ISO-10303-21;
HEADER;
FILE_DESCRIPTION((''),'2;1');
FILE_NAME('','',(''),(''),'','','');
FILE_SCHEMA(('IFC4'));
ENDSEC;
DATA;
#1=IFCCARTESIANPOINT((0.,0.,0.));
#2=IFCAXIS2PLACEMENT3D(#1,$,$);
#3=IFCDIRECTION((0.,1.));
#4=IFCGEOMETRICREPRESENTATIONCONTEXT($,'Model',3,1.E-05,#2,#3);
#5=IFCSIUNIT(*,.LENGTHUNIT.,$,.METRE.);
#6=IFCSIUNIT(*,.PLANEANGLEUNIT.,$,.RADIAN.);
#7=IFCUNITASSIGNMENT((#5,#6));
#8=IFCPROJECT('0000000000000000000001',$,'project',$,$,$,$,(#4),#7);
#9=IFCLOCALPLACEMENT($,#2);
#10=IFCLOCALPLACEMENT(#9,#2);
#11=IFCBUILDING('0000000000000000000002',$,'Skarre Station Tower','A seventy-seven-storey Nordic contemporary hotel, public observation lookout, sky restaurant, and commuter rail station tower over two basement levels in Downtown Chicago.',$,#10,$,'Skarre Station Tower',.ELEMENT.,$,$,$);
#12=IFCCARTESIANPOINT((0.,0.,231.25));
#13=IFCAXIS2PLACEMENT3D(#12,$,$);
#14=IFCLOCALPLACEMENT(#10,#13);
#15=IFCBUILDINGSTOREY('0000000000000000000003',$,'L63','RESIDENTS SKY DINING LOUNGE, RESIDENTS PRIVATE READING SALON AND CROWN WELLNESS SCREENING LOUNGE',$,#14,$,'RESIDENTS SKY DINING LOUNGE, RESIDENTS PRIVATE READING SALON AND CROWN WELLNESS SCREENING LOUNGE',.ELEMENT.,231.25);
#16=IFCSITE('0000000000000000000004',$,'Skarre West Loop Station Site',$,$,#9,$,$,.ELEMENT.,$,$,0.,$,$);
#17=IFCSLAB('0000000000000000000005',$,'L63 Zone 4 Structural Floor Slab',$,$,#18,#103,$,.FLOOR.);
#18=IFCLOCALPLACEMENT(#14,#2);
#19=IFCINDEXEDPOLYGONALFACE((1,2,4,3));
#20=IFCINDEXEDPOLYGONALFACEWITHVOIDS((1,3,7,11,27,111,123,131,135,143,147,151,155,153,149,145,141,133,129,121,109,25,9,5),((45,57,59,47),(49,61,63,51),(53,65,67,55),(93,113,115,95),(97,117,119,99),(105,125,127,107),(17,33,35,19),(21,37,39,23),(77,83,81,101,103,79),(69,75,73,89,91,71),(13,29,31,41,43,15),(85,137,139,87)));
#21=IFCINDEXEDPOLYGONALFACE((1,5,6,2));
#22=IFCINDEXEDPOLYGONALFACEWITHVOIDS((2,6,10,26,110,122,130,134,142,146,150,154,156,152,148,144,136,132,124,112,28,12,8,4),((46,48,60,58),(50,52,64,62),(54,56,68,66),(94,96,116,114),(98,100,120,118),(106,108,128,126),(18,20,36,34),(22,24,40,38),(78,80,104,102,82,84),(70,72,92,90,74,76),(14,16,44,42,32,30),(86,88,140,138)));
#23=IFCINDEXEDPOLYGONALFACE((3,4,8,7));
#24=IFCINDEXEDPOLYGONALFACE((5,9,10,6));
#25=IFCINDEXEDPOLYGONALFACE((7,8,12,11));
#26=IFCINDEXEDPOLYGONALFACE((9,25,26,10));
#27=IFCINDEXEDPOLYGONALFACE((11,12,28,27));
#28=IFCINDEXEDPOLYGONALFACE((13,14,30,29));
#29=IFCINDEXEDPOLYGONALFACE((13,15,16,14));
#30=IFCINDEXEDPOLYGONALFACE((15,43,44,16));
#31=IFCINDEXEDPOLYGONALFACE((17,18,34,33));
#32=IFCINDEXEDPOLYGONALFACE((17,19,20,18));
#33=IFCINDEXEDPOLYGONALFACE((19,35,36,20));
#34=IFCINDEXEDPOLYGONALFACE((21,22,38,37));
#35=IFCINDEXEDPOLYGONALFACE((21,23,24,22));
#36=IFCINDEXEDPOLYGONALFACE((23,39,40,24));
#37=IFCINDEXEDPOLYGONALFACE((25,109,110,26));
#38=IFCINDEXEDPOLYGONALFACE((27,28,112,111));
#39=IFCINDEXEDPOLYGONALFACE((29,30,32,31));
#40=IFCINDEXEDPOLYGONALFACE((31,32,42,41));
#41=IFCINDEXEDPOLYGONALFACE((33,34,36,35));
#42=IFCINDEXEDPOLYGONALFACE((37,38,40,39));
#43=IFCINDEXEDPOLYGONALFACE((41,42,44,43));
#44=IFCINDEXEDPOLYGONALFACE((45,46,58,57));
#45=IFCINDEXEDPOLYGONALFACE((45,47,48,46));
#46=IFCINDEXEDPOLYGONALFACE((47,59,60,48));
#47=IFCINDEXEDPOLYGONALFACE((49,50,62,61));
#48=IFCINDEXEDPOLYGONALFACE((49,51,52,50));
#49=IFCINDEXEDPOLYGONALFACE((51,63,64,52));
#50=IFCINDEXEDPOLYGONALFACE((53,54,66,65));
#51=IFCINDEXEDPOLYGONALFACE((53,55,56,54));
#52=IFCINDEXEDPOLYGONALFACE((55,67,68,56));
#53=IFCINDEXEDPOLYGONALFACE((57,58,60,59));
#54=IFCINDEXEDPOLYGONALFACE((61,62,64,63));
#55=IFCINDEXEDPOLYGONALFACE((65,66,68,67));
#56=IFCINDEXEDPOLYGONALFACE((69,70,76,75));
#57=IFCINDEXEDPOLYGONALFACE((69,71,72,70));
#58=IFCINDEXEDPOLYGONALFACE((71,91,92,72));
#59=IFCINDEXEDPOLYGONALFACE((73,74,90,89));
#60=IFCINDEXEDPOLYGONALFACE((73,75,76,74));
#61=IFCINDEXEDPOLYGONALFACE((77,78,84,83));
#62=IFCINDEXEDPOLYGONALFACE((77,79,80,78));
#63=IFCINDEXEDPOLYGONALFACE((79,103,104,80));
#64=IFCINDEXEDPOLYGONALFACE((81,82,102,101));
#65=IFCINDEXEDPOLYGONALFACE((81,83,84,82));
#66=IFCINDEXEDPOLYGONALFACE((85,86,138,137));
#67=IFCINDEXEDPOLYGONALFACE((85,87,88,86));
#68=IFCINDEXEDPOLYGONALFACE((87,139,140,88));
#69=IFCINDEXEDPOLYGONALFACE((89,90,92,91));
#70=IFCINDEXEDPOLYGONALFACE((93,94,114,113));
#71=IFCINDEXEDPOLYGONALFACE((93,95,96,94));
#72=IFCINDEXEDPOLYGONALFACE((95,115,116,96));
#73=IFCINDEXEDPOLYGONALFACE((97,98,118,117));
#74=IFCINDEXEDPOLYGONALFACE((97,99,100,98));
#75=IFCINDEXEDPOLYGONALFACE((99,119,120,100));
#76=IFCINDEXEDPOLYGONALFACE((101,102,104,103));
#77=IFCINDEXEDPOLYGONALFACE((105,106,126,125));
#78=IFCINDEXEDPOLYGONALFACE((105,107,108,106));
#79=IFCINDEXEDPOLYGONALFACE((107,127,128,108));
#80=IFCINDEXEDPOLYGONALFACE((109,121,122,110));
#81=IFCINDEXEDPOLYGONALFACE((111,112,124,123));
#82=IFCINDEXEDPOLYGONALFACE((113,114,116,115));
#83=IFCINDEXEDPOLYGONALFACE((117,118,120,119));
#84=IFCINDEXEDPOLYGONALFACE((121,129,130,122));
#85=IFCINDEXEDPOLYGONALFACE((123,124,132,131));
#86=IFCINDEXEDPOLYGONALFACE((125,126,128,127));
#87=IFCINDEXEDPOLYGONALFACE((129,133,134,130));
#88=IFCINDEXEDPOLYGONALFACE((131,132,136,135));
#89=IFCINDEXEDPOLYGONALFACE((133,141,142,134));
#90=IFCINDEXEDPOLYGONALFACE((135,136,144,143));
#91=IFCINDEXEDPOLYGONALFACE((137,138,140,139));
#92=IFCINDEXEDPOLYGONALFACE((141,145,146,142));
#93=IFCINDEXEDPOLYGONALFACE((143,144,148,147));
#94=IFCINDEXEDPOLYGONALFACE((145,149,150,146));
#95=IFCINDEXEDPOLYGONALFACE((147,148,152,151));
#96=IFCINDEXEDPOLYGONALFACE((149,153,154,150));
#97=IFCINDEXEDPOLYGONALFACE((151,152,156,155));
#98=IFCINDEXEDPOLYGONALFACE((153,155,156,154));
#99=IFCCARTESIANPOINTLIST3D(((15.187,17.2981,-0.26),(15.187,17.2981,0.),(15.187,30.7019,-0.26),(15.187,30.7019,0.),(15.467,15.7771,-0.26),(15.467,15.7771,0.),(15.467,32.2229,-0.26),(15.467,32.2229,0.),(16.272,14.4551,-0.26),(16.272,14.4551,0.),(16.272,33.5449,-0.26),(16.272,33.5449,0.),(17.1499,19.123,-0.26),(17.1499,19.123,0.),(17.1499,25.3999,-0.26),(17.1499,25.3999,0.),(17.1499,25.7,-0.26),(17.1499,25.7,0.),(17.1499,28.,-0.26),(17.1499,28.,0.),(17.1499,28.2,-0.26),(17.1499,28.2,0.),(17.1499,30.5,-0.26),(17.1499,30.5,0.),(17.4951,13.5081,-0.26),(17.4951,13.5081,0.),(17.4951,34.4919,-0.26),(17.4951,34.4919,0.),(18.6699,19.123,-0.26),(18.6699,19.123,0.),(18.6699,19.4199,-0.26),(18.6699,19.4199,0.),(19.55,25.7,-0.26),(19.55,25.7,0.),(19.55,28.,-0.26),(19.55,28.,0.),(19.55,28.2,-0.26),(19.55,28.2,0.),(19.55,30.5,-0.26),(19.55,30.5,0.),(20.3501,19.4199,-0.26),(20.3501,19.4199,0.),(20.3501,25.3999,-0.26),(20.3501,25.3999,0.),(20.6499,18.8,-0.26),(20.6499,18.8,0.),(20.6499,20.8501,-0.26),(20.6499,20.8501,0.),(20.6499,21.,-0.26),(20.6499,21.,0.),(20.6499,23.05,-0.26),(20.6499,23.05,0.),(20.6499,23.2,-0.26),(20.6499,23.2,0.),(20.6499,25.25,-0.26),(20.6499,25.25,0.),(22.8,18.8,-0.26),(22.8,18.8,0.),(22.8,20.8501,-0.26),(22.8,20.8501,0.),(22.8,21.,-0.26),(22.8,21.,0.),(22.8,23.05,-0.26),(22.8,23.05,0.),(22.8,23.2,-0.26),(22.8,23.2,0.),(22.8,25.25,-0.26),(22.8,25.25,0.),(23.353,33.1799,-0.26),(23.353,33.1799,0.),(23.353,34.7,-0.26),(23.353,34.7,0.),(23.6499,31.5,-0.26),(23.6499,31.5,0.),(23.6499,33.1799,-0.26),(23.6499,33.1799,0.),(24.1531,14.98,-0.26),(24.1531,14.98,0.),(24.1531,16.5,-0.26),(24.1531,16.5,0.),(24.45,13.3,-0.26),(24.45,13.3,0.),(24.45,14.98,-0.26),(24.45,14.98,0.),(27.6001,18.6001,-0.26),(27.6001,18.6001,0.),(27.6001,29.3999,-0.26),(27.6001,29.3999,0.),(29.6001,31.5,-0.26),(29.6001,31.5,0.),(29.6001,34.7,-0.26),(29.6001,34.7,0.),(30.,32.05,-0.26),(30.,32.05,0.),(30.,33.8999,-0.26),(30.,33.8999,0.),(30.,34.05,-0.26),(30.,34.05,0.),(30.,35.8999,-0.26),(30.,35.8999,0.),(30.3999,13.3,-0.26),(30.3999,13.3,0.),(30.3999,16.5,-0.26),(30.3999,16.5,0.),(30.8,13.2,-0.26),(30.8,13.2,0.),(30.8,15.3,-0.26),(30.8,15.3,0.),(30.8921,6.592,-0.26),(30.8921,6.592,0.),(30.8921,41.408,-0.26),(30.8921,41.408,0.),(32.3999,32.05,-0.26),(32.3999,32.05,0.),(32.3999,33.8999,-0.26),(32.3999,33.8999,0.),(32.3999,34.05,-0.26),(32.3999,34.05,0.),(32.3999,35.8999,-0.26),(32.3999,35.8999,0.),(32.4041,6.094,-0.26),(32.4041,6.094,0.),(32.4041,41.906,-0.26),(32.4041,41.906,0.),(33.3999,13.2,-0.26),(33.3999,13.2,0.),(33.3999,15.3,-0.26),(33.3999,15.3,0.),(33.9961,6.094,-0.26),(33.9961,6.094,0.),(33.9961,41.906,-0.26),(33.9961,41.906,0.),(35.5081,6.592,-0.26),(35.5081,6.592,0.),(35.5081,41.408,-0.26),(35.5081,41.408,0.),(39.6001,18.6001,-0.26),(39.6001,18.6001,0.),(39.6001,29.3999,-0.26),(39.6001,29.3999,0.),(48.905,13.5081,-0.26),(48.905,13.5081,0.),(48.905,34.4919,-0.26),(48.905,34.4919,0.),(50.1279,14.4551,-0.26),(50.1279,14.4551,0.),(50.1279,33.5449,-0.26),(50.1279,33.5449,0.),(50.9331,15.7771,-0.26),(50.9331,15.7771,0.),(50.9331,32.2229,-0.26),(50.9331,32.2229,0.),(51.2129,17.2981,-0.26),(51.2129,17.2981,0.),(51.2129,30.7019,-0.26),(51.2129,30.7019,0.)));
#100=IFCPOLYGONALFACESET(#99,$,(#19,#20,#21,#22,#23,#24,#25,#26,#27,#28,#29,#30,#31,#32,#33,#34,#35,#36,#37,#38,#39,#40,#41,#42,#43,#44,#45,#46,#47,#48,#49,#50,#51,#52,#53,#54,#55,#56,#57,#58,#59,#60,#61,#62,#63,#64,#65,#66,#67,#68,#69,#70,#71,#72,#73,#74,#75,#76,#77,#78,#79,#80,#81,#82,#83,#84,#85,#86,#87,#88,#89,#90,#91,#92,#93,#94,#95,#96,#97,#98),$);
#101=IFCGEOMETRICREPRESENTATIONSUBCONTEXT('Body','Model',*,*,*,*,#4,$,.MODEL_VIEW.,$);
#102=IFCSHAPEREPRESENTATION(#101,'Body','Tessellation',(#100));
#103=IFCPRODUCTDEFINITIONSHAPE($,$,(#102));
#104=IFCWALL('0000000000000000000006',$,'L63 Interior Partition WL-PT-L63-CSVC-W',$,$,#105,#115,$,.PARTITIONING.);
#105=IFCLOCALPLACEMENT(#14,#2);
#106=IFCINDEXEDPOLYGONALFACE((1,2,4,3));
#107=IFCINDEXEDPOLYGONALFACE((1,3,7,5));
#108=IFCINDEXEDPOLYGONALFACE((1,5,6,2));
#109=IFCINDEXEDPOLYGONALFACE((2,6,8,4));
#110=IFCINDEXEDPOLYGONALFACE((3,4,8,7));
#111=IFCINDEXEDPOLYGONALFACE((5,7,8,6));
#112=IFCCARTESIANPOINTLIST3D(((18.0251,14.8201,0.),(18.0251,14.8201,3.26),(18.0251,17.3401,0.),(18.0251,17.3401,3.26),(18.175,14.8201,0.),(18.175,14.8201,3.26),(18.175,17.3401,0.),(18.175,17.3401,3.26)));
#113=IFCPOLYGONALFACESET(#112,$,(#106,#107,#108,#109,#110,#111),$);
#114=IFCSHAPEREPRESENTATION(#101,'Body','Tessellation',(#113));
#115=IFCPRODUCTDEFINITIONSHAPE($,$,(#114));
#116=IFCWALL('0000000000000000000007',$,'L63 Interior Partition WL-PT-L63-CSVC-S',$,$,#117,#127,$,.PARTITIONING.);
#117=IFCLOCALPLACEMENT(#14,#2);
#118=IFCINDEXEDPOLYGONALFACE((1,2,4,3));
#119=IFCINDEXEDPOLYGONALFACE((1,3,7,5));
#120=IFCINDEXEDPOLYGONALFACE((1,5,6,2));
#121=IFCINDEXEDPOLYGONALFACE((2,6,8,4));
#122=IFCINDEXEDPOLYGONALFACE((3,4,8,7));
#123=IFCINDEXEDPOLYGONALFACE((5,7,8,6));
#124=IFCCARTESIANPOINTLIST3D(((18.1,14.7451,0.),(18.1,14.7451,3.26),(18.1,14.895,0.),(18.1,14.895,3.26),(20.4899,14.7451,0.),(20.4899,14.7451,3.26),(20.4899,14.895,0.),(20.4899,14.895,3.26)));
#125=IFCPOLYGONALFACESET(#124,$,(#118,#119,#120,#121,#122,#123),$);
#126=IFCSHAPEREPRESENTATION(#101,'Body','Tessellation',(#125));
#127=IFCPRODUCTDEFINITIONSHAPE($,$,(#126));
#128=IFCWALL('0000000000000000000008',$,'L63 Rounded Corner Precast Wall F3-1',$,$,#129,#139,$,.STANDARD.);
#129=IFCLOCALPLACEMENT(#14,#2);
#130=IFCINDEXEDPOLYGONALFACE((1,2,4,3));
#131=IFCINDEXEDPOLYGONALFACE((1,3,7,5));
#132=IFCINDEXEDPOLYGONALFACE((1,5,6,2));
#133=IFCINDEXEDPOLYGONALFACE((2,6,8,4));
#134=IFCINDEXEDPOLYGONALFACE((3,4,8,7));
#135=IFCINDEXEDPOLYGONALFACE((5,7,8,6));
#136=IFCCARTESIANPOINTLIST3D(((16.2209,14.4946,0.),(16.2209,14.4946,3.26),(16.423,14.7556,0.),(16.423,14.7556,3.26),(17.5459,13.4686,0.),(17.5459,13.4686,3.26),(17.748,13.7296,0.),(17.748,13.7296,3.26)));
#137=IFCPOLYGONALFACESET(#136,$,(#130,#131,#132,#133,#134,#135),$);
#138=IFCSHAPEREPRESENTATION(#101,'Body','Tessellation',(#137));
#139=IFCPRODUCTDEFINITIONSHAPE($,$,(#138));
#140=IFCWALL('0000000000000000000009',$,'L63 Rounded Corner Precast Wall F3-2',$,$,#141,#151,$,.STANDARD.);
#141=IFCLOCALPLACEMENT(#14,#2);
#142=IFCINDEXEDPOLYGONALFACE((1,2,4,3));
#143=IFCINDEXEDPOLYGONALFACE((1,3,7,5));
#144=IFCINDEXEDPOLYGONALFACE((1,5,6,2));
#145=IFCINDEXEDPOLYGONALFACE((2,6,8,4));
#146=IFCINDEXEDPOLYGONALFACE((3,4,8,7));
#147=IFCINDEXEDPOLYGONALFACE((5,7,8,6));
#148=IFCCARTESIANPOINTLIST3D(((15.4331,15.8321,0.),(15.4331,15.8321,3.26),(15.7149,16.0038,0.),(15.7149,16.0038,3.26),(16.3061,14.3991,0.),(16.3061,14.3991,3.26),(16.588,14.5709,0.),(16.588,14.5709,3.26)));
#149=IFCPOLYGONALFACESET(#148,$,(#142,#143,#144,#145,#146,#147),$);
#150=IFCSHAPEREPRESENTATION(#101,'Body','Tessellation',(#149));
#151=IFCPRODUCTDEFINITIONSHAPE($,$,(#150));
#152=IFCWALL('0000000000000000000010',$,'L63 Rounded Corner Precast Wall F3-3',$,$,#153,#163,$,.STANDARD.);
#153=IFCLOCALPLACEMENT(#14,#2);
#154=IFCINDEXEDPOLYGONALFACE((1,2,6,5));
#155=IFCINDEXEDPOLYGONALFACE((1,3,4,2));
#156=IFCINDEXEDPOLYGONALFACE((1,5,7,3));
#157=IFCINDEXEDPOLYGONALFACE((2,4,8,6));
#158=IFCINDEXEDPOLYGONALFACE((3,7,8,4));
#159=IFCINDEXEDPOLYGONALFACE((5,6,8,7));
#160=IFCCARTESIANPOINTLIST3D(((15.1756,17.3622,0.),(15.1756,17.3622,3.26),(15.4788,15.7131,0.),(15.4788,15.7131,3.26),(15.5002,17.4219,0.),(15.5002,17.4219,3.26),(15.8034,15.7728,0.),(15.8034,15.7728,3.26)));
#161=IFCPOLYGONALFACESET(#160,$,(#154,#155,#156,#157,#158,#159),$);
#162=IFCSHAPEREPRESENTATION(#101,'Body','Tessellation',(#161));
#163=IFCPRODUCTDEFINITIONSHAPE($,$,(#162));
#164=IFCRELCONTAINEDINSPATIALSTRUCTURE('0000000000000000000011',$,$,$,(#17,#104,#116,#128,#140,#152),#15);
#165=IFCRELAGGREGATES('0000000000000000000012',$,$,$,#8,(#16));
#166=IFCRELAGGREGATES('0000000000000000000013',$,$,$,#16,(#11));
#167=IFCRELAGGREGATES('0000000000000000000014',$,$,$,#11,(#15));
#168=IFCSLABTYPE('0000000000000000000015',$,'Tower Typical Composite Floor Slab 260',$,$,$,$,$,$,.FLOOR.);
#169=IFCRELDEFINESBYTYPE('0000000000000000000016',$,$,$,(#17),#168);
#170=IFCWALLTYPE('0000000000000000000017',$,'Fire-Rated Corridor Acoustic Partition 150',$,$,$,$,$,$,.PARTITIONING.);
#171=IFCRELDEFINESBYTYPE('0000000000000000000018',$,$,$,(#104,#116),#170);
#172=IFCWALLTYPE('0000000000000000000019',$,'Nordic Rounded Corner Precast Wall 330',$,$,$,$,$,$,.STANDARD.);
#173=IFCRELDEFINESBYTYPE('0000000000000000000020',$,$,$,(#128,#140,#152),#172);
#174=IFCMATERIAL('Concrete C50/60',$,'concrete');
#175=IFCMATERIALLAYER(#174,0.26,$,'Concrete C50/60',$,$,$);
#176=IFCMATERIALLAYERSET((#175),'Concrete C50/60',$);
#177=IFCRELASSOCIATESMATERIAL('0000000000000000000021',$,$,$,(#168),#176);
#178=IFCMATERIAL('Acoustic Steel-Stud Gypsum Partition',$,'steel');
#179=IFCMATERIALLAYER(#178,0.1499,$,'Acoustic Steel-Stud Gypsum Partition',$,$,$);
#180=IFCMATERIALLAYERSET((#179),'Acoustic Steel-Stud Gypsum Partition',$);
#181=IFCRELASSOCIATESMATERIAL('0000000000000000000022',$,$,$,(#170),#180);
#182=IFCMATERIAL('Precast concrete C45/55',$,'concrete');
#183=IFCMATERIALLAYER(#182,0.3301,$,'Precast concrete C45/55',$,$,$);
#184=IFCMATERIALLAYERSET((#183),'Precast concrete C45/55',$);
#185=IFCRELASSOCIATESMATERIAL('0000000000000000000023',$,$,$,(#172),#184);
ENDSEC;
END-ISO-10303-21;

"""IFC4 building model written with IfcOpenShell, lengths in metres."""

from ifc_helpers import new_model, si_unit, direction, frame, frame_2d, origin, place, context, subcontext, project, spatial, polyline, rectangle, outline, extrude, material, layer, layer_set, type_object, element, save


model = new_model("IFC4")

# Units and contexts
model_context = context("Model", 3, precision=1e-05, world=origin(), true_north=direction((0.0, 1.0)))
body_context = subcontext(model_context, "Body", "Model", "MODEL_VIEW")
ifc_project = project(units=[si_unit("LENGTHUNIT", "METRE"), si_unit("PLANEANGLEUNIT", "RADIAN")], contexts=[model_context])

# Site, building, storey
site_placement = place(None, origin())
site = spatial("IfcSite", under=ifc_project, at=site_placement, Name="Skarre West Loop Station Site", CompositionType="ELEMENT", RefElevation=0.0)
building_placement = place(site_placement, origin())
building = spatial("IfcBuilding", under=site, at=building_placement, Name="Skarre Station Tower", Description="A seventy-seven-storey Nordic contemporary hotel, public observation lookout, sky restaurant, and commuter rail station tower over two basement levels in Downtown Chicago.", LongName="Skarre Station Tower", CompositionType="ELEMENT")
storey_placement = place(building_placement, frame((0.0, 0.0, 231.25)))
storey = spatial("IfcBuildingStorey", under=building, at=storey_placement, Name="L63", Description="RESIDENTS SKY DINING LOUNGE, RESIDENTS PRIVATE READING SALON AND CROWN WELLNESS SCREENING LOUNGE", LongName="RESIDENTS SKY DINING LOUNGE, RESIDENTS PRIVATE READING SALON AND CROWN WELLNESS SCREENING LOUNGE", CompositionType="ELEMENT", Elevation=231.25)

# Shared definitions
ifc_material_1 = material(Name="Concrete C50/60", Category="concrete")

# Slab
ifc_layer_1 = layer(ifc_material_1, 0.26, Name="Concrete C50/60")
ifc_layer_set_1 = layer_set([ifc_layer_1], Name="Concrete C50/60")
slab_type_1 = type_object("IfcSlabType", Name="Tower Typical Composite Floor Slab 260", PredefinedType="FLOOR", material=ifc_layer_set_1)
slab_1_placement = place(storey_placement, frame((0.0, 0.0, -0.26)))
element("IfcSlab", 1, at=slab_1_placement, inside=storey, type_object=slab_type_1, Name="L63 Zone 4 Structural Floor Slab", PredefinedType="FLOOR", context=body_context, shape_type="SweptSolid", body=[
    extrude(outline(polyline([(51.2129, 30.7019), (50.9331, 32.2229), (50.1279, 33.5449), (48.905, 34.4919), (35.5081, 41.408), (33.9961, 41.906), (32.4041, 41.906), (30.8921, 41.408), (17.4951, 34.4919), (16.272, 33.5449), (15.467, 32.2229), (15.187, 30.7019), (15.187, 17.2981), (15.467, 15.7771), (16.272, 14.4551), (17.4951, 13.5081), (30.8921, 6.592), (32.4041, 6.094), (33.9961, 6.094), (35.5081, 6.592), (48.905, 13.5081), (50.1279, 14.4551), (50.9331, 15.7771), (51.2129, 17.2981), (51.2129, 30.7019)]), holes=[polyline([(18.6699, 19.4199), (18.6699, 19.123), (17.1499, 19.123), (17.1499, 25.3999), (20.3501, 25.3999), (20.3501, 19.4199), (18.6699, 19.4199)]), polyline([(24.45, 14.98), (24.1531, 14.98), (24.1531, 16.5), (30.3999, 16.5), (30.3999, 13.3), (24.45, 13.3), (24.45, 14.98)]), polyline([(23.6499, 33.1799), (23.353, 33.1799), (23.353, 34.7), (29.6001, 34.7), (29.6001, 31.5), (23.6499, 31.5), (23.6499, 33.1799)]), polyline([(17.1499, 28.0), (19.55, 28.0), (19.55, 25.7), (17.1499, 25.7), (17.1499, 28.0)]), polyline([(17.1499, 30.5), (19.55, 30.5), (19.55, 28.2), (17.1499, 28.2), (17.1499, 30.5)]), polyline([(30.8, 15.3), (33.3999, 15.3), (33.3999, 13.2), (30.8, 13.2), (30.8, 15.3)]), polyline([(20.6499, 20.8501), (22.8, 20.8501), (22.8, 18.8), (20.6499, 18.8), (20.6499, 20.8501)]), polyline([(20.6499, 23.05), (22.8, 23.05), (22.8, 21.0), (20.6499, 21.0), (20.6499, 23.05)]), polyline([(20.6499, 25.25), (22.8, 25.25), (22.8, 23.2), (20.6499, 23.2), (20.6499, 25.25)]), polyline([(30.0, 33.8999), (32.3999, 33.8999), (32.3999, 32.05), (30.0, 32.05), (30.0, 33.8999)]), polyline([(30.0, 35.8999), (32.3999, 35.8999), (32.3999, 34.05), (30.0, 34.05), (30.0, 35.8999)]), polyline([(27.6001, 29.3999), (39.6001, 29.3999), (39.6001, 18.6001), (27.6001, 18.6001), (27.6001, 29.3999)])]), origin(), (0.0, 0.0, 1.0), 0.26),
])

# Walls
ifc_material_2 = material(Name="Acoustic Steel-Stud Gypsum Partition", Category="steel")
ifc_layer_2 = layer(ifc_material_2, 0.1499, Name="Acoustic Steel-Stud Gypsum Partition")
ifc_layer_set_2 = layer_set([ifc_layer_2], Name="Acoustic Steel-Stud Gypsum Partition")
wall_type_1 = type_object("IfcWallType", Name="Fire-Rated Corridor Acoustic Partition 150", PredefinedType="PARTITIONING", material=ifc_layer_set_2)
wall_1_placement = place(storey_placement, frame((18.1001, 17.3401, 0.0), z_axis=(0.0, 0.0, 1.0), x_axis=(0.0, -1.0, 0.0)))
element("IfcWall", 2, at=wall_1_placement, inside=storey, type_object=wall_type_1, Name="L63 Interior Partition WL-PT-L63-CSVC-W", PredefinedType="PARTITIONING", context=body_context, shape_type="SweptSolid", body=[
    extrude(rectangle(XDim=2.52, YDim=0.1499, at=frame_2d((1.26, 0.0))), origin(), (0.0, 0.0, 1.0), 3.26),
])
wall_2_placement = place(storey_placement, frame((18.1001, 14.8201, 0.0), z_axis=(0.0, 0.0, 1.0), x_axis=(1.0, 0.0, 0.0)))
element("IfcWall", 3, at=wall_2_placement, inside=storey, type_object=wall_type_1, Name="L63 Interior Partition WL-PT-L63-CSVC-S", PredefinedType="PARTITIONING", context=body_context, shape_type="SweptSolid", body=[
    extrude(rectangle(XDim=2.3899, YDim=0.1499, at=frame_2d((1.1948, 0.0))), origin(), (0.0, 0.0, 1.0), 3.26),
])
ifc_material_3 = material(Name="Precast concrete C45/55", Category="concrete")
ifc_layer_3 = layer(ifc_material_3, 0.3301, Name="Precast concrete C45/55")
ifc_layer_set_3 = layer_set([ifc_layer_3], Name="Precast concrete C45/55")
wall_type_2 = type_object("IfcWallType", Name="Nordic Rounded Corner Precast Wall 330", PredefinedType="STANDARD", material=ifc_layer_set_3)
wall_3_placement = place(storey_placement, frame((17.647, 13.5991, 0.0), z_axis=(0.0, 0.0, 1.0), x_axis=(-0.790692, 0.612214, 0.0)))
element("IfcWall", 4, at=wall_3_placement, inside=storey, type_object=wall_type_2, Name="L63 Rounded Corner Precast Wall F3-1", PredefinedType="STANDARD", context=body_context, shape_type="SweptSolid", body=[
    extrude(rectangle(XDim=1.6758, YDim=0.3301, at=frame_2d((0.8379, 0.0))), origin(), (0.0, 0.0, 1.0), 3.26),
])
wall_4_placement = place(storey_placement, frame((16.447, 14.4851, 0.0), z_axis=(0.0, 0.0, 1.0), x_axis=(-0.520325, 0.853968, 0.0)))
element("IfcWall", 5, at=wall_4_placement, inside=storey, type_object=wall_type_2, Name="L63 Rounded Corner Precast Wall F3-2", PredefinedType="STANDARD", context=body_context, shape_type="SweptSolid", body=[
    extrude(rectangle(XDim=1.678, YDim=0.3301, at=frame_2d((0.8389, 0.0))), origin(), (0.0, 0.0, 1.0), 3.26),
])
wall_5_placement = place(storey_placement, frame((15.6411, 15.7429, 0.0), z_axis=(0.0, 0.0, 1.0), x_axis=(-0.180833, 0.983514, 0.0)))
element("IfcWall", 6, at=wall_5_placement, inside=storey, type_object=wall_type_2, Name="L63 Rounded Corner Precast Wall F3-3", PredefinedType="STANDARD", context=body_context, shape_type="SweptSolid", body=[
    extrude(rectangle(XDim=1.6768, YDim=0.3301, at=frame_2d((0.8384, 0.0))), origin(), (0.0, 0.0, 1.0), 3.26),
])

save(model, "model.ifc")
